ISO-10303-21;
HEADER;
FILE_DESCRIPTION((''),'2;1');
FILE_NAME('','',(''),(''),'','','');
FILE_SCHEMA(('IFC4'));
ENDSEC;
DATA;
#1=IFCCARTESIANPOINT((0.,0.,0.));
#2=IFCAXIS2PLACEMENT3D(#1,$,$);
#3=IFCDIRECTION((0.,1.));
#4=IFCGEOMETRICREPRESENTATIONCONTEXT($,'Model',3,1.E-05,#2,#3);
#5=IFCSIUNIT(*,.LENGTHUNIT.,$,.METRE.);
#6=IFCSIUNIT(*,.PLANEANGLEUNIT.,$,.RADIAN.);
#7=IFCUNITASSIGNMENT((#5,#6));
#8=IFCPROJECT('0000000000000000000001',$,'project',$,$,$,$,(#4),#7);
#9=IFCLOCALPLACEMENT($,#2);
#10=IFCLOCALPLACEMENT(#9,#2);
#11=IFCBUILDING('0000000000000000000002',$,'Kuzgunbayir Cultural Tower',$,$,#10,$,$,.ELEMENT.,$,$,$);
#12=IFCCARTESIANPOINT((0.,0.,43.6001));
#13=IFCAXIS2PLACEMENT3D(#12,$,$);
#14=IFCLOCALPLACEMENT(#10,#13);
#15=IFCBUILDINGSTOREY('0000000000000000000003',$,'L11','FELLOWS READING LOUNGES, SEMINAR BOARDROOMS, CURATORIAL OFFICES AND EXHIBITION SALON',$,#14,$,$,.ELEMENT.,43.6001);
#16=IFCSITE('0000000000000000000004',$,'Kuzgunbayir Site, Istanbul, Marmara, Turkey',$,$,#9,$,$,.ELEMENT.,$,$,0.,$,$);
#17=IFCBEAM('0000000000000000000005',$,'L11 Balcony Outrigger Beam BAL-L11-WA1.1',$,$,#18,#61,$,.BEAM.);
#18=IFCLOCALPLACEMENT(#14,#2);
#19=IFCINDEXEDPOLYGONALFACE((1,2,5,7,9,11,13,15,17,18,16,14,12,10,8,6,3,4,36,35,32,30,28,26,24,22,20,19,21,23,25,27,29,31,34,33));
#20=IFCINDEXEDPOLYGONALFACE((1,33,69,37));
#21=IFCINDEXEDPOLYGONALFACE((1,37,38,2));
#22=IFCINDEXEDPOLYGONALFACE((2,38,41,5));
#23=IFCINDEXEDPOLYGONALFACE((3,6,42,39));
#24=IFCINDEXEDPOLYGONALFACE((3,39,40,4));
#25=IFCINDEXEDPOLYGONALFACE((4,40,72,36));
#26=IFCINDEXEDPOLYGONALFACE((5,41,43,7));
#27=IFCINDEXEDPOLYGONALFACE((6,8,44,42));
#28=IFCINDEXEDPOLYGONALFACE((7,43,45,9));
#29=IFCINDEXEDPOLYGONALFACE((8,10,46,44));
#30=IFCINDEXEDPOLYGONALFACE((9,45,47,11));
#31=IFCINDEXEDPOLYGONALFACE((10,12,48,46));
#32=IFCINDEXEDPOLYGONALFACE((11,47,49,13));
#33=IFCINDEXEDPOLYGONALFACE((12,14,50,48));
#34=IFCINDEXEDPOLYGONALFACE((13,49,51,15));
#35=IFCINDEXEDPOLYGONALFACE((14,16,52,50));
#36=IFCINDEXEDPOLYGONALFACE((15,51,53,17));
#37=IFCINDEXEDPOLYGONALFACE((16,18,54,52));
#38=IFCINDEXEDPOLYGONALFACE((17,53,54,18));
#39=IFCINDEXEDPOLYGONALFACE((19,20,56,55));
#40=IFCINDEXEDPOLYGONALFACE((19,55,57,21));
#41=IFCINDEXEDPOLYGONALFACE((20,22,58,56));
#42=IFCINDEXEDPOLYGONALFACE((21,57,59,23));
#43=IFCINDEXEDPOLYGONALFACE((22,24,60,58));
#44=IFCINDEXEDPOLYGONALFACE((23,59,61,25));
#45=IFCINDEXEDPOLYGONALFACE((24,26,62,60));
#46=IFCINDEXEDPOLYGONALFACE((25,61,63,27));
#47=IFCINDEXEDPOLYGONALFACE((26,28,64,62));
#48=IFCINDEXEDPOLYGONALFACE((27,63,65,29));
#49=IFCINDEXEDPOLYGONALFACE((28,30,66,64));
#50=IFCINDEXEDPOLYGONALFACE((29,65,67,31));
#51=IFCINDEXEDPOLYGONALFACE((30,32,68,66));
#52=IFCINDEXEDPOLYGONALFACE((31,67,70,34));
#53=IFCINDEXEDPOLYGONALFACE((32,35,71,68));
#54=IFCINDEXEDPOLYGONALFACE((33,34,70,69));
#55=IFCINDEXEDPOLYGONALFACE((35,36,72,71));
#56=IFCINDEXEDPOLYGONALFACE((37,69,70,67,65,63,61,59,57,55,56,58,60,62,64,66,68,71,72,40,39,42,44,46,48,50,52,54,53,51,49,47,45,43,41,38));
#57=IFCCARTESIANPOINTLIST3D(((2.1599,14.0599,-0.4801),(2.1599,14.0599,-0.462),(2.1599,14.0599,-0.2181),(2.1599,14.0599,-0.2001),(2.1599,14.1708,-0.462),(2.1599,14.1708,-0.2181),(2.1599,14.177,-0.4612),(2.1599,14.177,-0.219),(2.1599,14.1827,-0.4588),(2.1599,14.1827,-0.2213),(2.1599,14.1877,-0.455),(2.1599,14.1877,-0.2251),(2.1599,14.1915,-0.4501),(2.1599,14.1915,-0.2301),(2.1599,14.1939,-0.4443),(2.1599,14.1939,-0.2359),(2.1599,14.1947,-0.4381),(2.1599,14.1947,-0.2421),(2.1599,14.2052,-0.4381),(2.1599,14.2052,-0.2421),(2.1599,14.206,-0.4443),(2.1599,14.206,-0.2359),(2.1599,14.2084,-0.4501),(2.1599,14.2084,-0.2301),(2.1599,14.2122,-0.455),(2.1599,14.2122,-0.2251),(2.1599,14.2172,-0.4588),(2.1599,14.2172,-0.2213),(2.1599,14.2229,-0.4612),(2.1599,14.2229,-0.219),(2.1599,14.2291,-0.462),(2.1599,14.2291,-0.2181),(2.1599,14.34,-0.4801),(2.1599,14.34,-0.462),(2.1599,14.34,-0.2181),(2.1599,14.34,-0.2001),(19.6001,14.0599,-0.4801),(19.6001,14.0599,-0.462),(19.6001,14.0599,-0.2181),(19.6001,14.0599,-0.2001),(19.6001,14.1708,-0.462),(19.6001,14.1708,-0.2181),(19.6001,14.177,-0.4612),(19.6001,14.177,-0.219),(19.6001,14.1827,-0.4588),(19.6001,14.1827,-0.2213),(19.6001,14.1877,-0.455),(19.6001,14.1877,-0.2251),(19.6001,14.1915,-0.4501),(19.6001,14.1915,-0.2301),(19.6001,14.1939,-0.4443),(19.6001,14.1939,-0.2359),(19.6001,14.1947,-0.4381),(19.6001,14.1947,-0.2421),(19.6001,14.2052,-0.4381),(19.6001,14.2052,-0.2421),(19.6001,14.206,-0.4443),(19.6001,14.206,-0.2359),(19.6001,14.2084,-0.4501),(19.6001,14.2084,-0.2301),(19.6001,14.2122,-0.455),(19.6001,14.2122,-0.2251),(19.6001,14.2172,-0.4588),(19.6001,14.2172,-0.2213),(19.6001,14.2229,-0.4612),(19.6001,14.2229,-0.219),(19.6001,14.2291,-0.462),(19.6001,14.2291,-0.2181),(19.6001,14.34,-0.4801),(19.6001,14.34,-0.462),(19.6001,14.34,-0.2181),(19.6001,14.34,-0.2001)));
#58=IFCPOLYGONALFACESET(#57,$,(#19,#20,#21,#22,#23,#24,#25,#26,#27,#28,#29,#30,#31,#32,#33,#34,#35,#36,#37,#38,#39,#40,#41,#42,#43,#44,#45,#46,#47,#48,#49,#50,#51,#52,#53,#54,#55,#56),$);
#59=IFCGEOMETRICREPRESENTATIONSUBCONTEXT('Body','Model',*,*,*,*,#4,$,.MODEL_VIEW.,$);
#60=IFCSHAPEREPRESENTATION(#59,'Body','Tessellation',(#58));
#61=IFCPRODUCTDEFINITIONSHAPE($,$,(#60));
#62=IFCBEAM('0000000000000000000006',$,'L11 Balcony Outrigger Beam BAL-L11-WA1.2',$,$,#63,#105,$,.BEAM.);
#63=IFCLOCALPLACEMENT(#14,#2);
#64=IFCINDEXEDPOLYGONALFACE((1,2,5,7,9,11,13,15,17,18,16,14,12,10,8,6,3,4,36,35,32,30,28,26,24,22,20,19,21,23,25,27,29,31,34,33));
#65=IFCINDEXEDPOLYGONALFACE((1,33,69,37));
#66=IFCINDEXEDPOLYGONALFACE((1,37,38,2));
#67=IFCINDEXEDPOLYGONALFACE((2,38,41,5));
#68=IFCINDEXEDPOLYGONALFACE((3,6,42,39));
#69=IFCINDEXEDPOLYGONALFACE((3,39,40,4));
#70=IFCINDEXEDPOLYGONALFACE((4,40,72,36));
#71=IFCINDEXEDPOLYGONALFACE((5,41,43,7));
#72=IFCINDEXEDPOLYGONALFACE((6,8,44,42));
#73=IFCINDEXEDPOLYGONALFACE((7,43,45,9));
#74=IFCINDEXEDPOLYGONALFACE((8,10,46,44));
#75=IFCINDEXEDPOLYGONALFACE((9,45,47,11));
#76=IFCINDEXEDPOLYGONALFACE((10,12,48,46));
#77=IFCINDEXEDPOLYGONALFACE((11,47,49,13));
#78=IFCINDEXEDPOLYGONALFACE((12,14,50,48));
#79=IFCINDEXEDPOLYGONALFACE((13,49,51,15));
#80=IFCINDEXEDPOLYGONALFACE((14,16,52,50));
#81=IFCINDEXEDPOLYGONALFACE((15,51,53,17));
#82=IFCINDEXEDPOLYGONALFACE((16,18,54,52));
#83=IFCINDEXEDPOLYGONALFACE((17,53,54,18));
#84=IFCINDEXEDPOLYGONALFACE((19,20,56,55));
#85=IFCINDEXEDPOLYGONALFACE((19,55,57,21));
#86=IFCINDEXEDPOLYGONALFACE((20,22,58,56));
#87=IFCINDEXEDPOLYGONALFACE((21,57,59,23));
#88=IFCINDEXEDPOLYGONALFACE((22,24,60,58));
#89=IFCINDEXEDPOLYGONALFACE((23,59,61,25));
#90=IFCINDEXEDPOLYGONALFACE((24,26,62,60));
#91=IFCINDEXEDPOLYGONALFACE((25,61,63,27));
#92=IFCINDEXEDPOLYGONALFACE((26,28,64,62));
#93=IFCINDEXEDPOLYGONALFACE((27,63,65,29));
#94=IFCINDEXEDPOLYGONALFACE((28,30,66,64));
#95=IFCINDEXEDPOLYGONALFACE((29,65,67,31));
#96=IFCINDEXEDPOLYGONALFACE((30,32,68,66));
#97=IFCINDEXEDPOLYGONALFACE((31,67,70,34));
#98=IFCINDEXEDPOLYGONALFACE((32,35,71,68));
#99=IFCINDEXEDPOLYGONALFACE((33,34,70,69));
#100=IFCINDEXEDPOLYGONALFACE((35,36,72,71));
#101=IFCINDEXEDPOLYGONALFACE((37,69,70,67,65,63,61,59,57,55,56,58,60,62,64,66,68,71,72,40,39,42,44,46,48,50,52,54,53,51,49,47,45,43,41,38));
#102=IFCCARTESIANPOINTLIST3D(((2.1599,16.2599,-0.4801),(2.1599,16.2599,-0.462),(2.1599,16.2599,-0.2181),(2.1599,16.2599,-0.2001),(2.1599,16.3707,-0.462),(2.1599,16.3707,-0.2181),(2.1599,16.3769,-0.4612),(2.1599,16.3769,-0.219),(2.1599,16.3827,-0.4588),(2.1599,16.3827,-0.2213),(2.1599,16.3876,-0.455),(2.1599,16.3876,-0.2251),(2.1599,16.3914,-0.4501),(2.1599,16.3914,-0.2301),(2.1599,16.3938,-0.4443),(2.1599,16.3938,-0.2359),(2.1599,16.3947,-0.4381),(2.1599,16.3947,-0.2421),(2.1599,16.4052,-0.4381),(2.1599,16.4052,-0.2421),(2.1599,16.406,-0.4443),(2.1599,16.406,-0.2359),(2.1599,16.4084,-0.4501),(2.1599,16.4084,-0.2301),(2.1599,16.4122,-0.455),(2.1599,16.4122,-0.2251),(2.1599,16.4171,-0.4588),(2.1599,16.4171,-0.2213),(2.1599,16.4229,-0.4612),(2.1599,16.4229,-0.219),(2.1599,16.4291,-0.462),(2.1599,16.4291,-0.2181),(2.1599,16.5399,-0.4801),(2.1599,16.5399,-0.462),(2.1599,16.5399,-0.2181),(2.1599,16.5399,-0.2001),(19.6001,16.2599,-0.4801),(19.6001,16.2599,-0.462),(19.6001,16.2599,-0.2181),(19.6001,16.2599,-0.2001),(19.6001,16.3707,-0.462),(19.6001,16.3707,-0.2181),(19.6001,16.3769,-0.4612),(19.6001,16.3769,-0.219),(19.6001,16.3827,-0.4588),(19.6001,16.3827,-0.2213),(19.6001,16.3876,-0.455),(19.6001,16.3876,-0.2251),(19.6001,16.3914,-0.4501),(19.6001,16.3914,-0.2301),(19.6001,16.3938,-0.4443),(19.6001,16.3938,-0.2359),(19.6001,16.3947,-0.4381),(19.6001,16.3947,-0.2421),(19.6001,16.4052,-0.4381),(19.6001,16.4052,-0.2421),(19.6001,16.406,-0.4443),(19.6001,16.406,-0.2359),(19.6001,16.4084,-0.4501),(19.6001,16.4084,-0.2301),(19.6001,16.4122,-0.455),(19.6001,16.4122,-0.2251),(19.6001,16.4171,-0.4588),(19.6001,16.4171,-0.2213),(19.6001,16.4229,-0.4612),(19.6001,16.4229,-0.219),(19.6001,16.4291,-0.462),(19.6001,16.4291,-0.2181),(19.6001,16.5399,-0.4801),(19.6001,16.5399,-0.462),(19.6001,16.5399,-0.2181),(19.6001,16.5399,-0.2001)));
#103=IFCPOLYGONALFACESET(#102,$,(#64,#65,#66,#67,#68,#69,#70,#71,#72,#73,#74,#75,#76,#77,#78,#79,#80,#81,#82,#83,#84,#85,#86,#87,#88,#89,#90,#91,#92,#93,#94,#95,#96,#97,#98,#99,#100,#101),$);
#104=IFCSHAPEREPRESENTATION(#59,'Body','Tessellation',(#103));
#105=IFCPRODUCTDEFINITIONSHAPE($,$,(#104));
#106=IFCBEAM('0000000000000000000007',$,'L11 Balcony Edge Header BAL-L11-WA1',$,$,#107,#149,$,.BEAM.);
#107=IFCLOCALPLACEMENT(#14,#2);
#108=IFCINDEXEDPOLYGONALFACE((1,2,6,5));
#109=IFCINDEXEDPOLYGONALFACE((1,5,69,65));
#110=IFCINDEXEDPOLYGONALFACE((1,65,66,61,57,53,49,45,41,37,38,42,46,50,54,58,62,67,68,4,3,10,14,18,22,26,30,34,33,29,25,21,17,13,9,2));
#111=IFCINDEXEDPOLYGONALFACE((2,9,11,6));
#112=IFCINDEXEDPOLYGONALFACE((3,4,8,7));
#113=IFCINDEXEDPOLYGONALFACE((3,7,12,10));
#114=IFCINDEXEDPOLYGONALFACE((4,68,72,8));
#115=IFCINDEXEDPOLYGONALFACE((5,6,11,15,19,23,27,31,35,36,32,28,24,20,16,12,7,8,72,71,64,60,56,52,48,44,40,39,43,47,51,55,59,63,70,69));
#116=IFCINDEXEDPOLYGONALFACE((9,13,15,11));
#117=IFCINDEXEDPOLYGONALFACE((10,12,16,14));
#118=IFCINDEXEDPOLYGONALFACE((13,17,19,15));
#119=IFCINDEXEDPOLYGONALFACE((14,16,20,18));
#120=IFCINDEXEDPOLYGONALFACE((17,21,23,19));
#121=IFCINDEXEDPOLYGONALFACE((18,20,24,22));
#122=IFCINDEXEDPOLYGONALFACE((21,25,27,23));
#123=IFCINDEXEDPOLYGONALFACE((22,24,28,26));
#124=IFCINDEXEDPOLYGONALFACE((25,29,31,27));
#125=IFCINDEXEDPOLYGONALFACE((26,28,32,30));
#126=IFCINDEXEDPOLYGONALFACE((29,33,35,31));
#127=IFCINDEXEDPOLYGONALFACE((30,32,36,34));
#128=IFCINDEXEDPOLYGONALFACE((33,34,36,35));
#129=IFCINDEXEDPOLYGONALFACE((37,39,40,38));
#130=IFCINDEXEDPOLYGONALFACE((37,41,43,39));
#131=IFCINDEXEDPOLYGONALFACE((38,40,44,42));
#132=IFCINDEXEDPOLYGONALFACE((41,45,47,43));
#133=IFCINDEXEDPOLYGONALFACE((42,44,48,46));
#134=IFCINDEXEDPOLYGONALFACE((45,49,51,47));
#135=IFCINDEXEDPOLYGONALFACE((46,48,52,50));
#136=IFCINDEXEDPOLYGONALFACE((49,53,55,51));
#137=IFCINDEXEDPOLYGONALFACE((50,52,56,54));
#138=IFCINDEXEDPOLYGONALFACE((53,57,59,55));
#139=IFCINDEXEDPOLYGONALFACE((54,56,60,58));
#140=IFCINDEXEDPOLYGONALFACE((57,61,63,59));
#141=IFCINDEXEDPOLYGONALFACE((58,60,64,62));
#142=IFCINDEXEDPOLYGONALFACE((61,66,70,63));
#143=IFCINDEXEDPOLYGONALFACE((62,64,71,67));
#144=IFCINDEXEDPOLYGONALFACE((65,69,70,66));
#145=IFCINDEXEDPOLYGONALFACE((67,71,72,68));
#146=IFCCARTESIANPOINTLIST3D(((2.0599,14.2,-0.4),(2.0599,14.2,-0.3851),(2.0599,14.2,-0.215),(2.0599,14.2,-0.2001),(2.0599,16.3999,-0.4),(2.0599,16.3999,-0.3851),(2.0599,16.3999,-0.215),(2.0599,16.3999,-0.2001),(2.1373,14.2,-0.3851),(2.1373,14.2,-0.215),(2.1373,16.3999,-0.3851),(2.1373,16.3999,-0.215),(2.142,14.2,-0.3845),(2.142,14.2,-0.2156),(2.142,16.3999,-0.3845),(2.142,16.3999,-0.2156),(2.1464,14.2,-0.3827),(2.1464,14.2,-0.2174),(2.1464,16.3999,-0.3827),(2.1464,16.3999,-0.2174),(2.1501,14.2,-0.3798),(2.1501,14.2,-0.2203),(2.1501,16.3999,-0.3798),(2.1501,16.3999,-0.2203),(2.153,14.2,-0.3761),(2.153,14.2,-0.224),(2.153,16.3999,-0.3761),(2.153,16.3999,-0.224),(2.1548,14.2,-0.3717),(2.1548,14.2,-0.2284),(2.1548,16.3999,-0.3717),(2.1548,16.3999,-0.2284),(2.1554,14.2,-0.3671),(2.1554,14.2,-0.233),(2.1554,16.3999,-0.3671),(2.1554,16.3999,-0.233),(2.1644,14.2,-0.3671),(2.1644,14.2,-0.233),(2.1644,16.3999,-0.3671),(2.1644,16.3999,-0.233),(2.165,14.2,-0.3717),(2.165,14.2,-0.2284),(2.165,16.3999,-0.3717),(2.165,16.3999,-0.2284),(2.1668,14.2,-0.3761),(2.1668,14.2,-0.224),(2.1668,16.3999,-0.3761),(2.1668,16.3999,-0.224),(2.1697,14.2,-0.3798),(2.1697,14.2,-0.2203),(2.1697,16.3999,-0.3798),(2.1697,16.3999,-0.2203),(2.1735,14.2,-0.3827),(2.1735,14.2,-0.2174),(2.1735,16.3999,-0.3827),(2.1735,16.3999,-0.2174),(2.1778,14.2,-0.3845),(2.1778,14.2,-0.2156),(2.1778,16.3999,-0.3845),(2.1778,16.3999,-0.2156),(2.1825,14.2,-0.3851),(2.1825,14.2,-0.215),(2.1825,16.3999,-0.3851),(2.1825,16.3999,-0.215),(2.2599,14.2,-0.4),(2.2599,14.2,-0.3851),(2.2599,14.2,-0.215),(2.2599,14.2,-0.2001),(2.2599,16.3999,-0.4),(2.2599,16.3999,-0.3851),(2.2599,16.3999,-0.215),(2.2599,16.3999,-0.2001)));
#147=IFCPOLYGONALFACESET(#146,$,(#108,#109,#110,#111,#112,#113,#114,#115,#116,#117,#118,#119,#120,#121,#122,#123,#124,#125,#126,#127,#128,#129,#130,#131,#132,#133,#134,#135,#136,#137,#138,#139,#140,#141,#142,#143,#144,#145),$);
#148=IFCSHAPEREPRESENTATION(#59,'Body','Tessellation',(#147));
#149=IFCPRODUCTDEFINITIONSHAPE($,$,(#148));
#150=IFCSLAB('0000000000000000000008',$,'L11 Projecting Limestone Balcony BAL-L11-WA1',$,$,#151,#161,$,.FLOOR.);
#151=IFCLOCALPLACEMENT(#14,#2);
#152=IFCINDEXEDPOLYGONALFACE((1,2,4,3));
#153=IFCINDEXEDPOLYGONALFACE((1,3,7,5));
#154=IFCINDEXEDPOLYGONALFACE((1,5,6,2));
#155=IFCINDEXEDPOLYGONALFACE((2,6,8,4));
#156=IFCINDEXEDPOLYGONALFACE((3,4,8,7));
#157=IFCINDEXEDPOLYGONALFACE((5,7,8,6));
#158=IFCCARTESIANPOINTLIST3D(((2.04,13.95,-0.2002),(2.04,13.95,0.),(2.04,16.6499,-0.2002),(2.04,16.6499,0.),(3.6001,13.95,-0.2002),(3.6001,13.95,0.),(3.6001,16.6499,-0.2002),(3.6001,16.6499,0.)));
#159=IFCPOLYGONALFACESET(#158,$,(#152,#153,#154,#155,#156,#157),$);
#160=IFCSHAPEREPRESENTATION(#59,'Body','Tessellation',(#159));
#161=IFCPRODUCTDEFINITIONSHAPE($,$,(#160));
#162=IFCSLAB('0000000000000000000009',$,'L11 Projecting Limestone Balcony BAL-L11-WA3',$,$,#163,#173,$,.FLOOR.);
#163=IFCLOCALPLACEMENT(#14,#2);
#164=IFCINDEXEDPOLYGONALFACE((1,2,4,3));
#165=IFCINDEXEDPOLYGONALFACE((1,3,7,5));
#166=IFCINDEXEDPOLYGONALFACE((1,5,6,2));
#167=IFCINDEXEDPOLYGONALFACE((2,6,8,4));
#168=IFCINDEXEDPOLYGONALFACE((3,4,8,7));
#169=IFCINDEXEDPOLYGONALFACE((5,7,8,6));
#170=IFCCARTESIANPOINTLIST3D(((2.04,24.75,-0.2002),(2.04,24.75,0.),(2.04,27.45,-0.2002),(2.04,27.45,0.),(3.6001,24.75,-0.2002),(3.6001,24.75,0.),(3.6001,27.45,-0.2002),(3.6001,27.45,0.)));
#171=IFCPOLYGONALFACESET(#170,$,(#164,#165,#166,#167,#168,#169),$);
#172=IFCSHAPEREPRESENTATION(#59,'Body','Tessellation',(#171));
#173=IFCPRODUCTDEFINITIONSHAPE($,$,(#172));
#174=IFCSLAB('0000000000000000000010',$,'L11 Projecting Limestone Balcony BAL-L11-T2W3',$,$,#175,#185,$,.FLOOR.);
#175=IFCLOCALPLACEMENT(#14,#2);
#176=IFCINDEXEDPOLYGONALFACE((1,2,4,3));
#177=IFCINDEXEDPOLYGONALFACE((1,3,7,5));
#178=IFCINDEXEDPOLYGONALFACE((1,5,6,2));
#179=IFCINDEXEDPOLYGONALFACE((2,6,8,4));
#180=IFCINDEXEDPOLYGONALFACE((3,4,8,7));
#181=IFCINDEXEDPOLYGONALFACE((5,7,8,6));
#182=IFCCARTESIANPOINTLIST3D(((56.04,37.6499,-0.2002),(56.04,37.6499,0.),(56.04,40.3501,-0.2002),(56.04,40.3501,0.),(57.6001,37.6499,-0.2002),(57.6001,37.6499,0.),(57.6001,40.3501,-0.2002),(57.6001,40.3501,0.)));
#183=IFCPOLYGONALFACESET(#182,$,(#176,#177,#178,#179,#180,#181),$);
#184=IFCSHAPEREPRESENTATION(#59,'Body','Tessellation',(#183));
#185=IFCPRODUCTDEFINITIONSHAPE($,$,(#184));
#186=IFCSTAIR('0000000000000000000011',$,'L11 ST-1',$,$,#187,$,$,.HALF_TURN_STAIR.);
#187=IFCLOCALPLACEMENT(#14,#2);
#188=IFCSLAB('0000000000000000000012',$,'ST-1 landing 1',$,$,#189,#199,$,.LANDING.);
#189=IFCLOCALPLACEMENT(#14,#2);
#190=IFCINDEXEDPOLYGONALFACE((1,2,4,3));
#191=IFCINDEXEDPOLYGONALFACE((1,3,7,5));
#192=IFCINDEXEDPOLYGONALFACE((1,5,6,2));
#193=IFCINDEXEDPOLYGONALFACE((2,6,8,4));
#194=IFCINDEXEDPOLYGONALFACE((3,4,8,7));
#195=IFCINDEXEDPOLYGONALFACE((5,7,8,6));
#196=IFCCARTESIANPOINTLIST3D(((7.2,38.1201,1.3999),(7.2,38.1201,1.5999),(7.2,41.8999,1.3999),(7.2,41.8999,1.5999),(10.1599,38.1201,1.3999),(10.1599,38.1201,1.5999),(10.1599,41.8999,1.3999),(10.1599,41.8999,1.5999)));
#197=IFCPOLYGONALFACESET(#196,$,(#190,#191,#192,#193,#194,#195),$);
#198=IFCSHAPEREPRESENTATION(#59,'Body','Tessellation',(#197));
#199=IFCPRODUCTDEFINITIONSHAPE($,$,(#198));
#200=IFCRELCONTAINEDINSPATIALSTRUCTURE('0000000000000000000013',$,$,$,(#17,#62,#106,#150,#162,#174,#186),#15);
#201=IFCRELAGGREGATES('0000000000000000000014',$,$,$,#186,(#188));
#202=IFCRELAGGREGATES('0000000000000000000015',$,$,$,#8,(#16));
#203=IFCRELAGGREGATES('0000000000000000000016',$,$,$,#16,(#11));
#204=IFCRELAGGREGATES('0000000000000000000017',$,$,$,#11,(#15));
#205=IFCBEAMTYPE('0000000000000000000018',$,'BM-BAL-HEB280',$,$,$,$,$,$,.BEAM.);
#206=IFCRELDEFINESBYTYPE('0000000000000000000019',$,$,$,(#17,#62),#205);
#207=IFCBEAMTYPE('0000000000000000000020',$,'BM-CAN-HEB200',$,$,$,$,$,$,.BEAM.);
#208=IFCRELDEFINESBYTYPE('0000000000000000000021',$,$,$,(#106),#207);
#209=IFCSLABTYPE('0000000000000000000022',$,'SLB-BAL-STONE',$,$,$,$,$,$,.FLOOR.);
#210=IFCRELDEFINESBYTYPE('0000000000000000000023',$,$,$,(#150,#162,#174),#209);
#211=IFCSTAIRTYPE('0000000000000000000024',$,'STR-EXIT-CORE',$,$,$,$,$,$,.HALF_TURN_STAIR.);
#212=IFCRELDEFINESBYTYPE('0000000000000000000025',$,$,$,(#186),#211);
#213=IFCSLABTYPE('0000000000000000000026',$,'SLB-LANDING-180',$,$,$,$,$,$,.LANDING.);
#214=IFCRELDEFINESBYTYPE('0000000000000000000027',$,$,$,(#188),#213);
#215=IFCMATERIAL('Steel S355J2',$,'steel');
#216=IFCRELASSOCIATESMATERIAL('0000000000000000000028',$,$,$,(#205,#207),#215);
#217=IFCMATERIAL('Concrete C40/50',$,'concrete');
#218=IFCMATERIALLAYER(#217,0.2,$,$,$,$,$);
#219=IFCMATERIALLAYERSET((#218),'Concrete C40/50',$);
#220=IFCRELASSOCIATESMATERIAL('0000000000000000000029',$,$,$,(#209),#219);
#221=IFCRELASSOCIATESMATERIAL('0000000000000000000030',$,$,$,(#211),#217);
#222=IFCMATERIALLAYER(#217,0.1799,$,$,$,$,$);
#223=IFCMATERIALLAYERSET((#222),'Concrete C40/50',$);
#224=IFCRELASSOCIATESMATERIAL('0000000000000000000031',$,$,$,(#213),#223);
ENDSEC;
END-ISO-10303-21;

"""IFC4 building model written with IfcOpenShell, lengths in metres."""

from ifc_helpers import new_model, si_unit, direction, frame, origin, origin_2d, place, context, subcontext, project, spatial, polyline, i_section, outline, extrude, material, layer, layer_set, material_profile, profile_set, type_object, element, aggregate, save


model = new_model("IFC4")

# Units and contexts
model_context = context("Model", 3, precision=1e-05, world=origin(), true_north=direction((0.0, 1.0)))
body_context = subcontext(model_context, "Body", "Model", "MODEL_VIEW")
ifc_project = project(units=[si_unit("LENGTHUNIT", "METRE"), si_unit("PLANEANGLEUNIT", "RADIAN")], contexts=[model_context])

# Site, building, storey
site_placement = place(None, origin())
site = spatial("IfcSite", under=ifc_project, at=site_placement, Name="Kuzgunbayir Site, Istanbul, Marmara, Turkey", CompositionType="ELEMENT", RefElevation=0.0)
building_placement = place(site_placement, origin())
building = spatial("IfcBuilding", under=site, at=building_placement, Name="Kuzgunbayir Cultural Tower", CompositionType="ELEMENT")
storey_placement = place(building_placement, frame((0.0, 0.0, 43.6001)))
storey = spatial("IfcBuildingStorey", under=building, at=storey_placement, Name="L11", Description="FELLOWS READING LOUNGES, SEMINAR BOARDROOMS, CURATORIAL OFFICES AND EXHIBITION SALON", CompositionType="ELEMENT", Elevation=43.6001)

# Beams
ifc_material_1 = material(Name="Steel S355J2", Category="steel")
ifc_material_profile_1 = material_profile(ifc_material_1, i_section(OverallWidth=0.28, OverallDepth=0.28, WebThickness=0.0105, FlangeThickness=0.0181, FilletRadius=0.0239, at=origin_2d()), Name="HEB 280")
ifc_profile_set_1 = profile_set([ifc_material_profile_1], Name="Steel S355J2")
beam_type_1 = type_object("IfcBeamType", Name="BM-BAL-HEB280", PredefinedType="BEAM", material=ifc_profile_set_1)
for number, where, z_axis, x_axis, name in (
    (1, (2.1599, 14.2, -0.3401), (1.0, 0.0, 0.0), (0.0, 1.0, 0.0), "L11 Balcony Outrigger Beam BAL-L11-WA1.1"),
    (2, (2.1599, 16.3999, -0.3401), (1.0, 0.0, 0.0), (0.0, 1.0, 0.0), "L11 Balcony Outrigger Beam BAL-L11-WA1.2"),
):
    element("IfcBeam", number, at=place(storey_placement, frame(where, z_axis=z_axis, x_axis=x_axis)), inside=storey, type_object=beam_type_1, Name=name, PredefinedType="BEAM", context=body_context, shape_type="SweptSolid", body=[
        extrude(i_section(OverallWidth=0.28, OverallDepth=0.28, WebThickness=0.0105, FlangeThickness=0.0181, FilletRadius=0.0239, at=origin_2d()), origin(), (0.0, 0.0, 1.0), 17.4402),
    ])
ifc_material_profile_2 = material_profile(ifc_material_1, i_section(OverallWidth=0.2, OverallDepth=0.2, WebThickness=0.009, FlangeThickness=0.0149, FilletRadius=0.0181, at=origin_2d()), Name="HEB 200")
ifc_profile_set_2 = profile_set([ifc_material_profile_2], Name="Steel S355J2")
beam_type_2 = type_object("IfcBeamType", Name="BM-CAN-HEB200", PredefinedType="BEAM", material=ifc_profile_set_2)
beam_placement = place(storey_placement, frame((2.1599, 14.2, -0.3), z_axis=(0.0, 1.0, 0.0), x_axis=(-1.0, 0.0, 0.0)))
element("IfcBeam", 3, at=beam_placement, inside=storey, type_object=beam_type_2, Name="L11 Balcony Edge Header BAL-L11-WA1", PredefinedType="BEAM", context=body_context, shape_type="SweptSolid", body=[
    extrude(i_section(OverallWidth=0.2, OverallDepth=0.2, WebThickness=0.009, FlangeThickness=0.0149, FilletRadius=0.0181, at=origin_2d()), origin(), (0.0, 0.0, 1.0), 2.2),
])

# Slabs
ifc_material_2 = material(Name="Concrete C40/50", Category="concrete")
ifc_layer_1 = layer(ifc_material_2, 0.2)
ifc_layer_set_1 = layer_set([ifc_layer_1], Name="Concrete C40/50")
slab_type_1 = type_object("IfcSlabType", Name="SLB-BAL-STONE", PredefinedType="FLOOR", material=ifc_layer_set_1)
slab_1_placement = place(storey_placement, frame((0.0, 0.0, -0.2002)))
element("IfcSlab", 4, at=slab_1_placement, inside=storey, type_object=slab_type_1, Name="L11 Projecting Limestone Balcony BAL-L11-WA1", PredefinedType="FLOOR", context=body_context, shape_type="SweptSolid", body=[
    extrude(outline(polyline([(2.04, 13.95), (3.6001, 13.95), (3.6001, 16.6499), (2.04, 16.6499), (2.04, 13.95)])), origin(), (0.0, 0.0, 1.0), 0.2002),
])
slab_2_placement = place(storey_placement, frame((0.0, 0.0, -0.2002)))
element("IfcSlab", 5, at=slab_2_placement, inside=storey, type_object=slab_type_1, Name="L11 Projecting Limestone Balcony BAL-L11-WA3", PredefinedType="FLOOR", context=body_context, shape_type="SweptSolid", body=[
    extrude(outline(polyline([(2.04, 24.75), (3.6001, 24.75), (3.6001, 27.45), (2.04, 27.45), (2.04, 24.75)])), origin(), (0.0, 0.0, 1.0), 0.2002),
])
slab_3_placement = place(storey_placement, frame((0.0, 0.0, -0.2002)))
element("IfcSlab", 6, at=slab_3_placement, inside=storey, type_object=slab_type_1, Name="L11 Projecting Limestone Balcony BAL-L11-T2W3", PredefinedType="FLOOR", context=body_context, shape_type="SweptSolid", body=[
    extrude(outline(polyline([(56.04, 37.6499), (57.6001, 37.6499), (57.6001, 40.3501), (56.04, 40.3501), (56.04, 37.6499)])), origin(), (0.0, 0.0, 1.0), 0.2002),
])

# Stair, slab
stair_type = type_object("IfcStairType", Name="STR-EXIT-CORE", PredefinedType="HALF_TURN_STAIR", material=ifc_material_2)
stair_1_placement = place(storey_placement, origin())
stair_1 = element("IfcStair", 7, at=stair_1_placement, inside=storey, type_object=stair_type, Name="L11 ST-1", PredefinedType="HALF_TURN_STAIR")
ifc_layer_2 = layer(ifc_material_2, 0.1799)
ifc_layer_set_2 = layer_set([ifc_layer_2], Name="Concrete C40/50")
slab_type_2 = type_object("IfcSlabType", Name="SLB-LANDING-180", PredefinedType="LANDING", material=ifc_layer_set_2)
slab_4_placement = place(storey_placement, frame((0.0, 0.0, 1.3999)))
slab_4 = element("IfcSlab", 8, at=slab_4_placement, type_object=slab_type_2, Name="ST-1 landing 1", PredefinedType="LANDING", context=body_context, shape_type="SweptSolid", body=[
    extrude(outline(polyline([(10.1599, 38.1201), (10.1599, 41.8999), (7.2, 41.8999), (7.2, 38.1201), (10.1599, 38.1201)])), origin(), (0.0, 0.0, 1.0), 0.2),
])
aggregate(stair_1, [slab_4])

save(model, "model.ifc")
